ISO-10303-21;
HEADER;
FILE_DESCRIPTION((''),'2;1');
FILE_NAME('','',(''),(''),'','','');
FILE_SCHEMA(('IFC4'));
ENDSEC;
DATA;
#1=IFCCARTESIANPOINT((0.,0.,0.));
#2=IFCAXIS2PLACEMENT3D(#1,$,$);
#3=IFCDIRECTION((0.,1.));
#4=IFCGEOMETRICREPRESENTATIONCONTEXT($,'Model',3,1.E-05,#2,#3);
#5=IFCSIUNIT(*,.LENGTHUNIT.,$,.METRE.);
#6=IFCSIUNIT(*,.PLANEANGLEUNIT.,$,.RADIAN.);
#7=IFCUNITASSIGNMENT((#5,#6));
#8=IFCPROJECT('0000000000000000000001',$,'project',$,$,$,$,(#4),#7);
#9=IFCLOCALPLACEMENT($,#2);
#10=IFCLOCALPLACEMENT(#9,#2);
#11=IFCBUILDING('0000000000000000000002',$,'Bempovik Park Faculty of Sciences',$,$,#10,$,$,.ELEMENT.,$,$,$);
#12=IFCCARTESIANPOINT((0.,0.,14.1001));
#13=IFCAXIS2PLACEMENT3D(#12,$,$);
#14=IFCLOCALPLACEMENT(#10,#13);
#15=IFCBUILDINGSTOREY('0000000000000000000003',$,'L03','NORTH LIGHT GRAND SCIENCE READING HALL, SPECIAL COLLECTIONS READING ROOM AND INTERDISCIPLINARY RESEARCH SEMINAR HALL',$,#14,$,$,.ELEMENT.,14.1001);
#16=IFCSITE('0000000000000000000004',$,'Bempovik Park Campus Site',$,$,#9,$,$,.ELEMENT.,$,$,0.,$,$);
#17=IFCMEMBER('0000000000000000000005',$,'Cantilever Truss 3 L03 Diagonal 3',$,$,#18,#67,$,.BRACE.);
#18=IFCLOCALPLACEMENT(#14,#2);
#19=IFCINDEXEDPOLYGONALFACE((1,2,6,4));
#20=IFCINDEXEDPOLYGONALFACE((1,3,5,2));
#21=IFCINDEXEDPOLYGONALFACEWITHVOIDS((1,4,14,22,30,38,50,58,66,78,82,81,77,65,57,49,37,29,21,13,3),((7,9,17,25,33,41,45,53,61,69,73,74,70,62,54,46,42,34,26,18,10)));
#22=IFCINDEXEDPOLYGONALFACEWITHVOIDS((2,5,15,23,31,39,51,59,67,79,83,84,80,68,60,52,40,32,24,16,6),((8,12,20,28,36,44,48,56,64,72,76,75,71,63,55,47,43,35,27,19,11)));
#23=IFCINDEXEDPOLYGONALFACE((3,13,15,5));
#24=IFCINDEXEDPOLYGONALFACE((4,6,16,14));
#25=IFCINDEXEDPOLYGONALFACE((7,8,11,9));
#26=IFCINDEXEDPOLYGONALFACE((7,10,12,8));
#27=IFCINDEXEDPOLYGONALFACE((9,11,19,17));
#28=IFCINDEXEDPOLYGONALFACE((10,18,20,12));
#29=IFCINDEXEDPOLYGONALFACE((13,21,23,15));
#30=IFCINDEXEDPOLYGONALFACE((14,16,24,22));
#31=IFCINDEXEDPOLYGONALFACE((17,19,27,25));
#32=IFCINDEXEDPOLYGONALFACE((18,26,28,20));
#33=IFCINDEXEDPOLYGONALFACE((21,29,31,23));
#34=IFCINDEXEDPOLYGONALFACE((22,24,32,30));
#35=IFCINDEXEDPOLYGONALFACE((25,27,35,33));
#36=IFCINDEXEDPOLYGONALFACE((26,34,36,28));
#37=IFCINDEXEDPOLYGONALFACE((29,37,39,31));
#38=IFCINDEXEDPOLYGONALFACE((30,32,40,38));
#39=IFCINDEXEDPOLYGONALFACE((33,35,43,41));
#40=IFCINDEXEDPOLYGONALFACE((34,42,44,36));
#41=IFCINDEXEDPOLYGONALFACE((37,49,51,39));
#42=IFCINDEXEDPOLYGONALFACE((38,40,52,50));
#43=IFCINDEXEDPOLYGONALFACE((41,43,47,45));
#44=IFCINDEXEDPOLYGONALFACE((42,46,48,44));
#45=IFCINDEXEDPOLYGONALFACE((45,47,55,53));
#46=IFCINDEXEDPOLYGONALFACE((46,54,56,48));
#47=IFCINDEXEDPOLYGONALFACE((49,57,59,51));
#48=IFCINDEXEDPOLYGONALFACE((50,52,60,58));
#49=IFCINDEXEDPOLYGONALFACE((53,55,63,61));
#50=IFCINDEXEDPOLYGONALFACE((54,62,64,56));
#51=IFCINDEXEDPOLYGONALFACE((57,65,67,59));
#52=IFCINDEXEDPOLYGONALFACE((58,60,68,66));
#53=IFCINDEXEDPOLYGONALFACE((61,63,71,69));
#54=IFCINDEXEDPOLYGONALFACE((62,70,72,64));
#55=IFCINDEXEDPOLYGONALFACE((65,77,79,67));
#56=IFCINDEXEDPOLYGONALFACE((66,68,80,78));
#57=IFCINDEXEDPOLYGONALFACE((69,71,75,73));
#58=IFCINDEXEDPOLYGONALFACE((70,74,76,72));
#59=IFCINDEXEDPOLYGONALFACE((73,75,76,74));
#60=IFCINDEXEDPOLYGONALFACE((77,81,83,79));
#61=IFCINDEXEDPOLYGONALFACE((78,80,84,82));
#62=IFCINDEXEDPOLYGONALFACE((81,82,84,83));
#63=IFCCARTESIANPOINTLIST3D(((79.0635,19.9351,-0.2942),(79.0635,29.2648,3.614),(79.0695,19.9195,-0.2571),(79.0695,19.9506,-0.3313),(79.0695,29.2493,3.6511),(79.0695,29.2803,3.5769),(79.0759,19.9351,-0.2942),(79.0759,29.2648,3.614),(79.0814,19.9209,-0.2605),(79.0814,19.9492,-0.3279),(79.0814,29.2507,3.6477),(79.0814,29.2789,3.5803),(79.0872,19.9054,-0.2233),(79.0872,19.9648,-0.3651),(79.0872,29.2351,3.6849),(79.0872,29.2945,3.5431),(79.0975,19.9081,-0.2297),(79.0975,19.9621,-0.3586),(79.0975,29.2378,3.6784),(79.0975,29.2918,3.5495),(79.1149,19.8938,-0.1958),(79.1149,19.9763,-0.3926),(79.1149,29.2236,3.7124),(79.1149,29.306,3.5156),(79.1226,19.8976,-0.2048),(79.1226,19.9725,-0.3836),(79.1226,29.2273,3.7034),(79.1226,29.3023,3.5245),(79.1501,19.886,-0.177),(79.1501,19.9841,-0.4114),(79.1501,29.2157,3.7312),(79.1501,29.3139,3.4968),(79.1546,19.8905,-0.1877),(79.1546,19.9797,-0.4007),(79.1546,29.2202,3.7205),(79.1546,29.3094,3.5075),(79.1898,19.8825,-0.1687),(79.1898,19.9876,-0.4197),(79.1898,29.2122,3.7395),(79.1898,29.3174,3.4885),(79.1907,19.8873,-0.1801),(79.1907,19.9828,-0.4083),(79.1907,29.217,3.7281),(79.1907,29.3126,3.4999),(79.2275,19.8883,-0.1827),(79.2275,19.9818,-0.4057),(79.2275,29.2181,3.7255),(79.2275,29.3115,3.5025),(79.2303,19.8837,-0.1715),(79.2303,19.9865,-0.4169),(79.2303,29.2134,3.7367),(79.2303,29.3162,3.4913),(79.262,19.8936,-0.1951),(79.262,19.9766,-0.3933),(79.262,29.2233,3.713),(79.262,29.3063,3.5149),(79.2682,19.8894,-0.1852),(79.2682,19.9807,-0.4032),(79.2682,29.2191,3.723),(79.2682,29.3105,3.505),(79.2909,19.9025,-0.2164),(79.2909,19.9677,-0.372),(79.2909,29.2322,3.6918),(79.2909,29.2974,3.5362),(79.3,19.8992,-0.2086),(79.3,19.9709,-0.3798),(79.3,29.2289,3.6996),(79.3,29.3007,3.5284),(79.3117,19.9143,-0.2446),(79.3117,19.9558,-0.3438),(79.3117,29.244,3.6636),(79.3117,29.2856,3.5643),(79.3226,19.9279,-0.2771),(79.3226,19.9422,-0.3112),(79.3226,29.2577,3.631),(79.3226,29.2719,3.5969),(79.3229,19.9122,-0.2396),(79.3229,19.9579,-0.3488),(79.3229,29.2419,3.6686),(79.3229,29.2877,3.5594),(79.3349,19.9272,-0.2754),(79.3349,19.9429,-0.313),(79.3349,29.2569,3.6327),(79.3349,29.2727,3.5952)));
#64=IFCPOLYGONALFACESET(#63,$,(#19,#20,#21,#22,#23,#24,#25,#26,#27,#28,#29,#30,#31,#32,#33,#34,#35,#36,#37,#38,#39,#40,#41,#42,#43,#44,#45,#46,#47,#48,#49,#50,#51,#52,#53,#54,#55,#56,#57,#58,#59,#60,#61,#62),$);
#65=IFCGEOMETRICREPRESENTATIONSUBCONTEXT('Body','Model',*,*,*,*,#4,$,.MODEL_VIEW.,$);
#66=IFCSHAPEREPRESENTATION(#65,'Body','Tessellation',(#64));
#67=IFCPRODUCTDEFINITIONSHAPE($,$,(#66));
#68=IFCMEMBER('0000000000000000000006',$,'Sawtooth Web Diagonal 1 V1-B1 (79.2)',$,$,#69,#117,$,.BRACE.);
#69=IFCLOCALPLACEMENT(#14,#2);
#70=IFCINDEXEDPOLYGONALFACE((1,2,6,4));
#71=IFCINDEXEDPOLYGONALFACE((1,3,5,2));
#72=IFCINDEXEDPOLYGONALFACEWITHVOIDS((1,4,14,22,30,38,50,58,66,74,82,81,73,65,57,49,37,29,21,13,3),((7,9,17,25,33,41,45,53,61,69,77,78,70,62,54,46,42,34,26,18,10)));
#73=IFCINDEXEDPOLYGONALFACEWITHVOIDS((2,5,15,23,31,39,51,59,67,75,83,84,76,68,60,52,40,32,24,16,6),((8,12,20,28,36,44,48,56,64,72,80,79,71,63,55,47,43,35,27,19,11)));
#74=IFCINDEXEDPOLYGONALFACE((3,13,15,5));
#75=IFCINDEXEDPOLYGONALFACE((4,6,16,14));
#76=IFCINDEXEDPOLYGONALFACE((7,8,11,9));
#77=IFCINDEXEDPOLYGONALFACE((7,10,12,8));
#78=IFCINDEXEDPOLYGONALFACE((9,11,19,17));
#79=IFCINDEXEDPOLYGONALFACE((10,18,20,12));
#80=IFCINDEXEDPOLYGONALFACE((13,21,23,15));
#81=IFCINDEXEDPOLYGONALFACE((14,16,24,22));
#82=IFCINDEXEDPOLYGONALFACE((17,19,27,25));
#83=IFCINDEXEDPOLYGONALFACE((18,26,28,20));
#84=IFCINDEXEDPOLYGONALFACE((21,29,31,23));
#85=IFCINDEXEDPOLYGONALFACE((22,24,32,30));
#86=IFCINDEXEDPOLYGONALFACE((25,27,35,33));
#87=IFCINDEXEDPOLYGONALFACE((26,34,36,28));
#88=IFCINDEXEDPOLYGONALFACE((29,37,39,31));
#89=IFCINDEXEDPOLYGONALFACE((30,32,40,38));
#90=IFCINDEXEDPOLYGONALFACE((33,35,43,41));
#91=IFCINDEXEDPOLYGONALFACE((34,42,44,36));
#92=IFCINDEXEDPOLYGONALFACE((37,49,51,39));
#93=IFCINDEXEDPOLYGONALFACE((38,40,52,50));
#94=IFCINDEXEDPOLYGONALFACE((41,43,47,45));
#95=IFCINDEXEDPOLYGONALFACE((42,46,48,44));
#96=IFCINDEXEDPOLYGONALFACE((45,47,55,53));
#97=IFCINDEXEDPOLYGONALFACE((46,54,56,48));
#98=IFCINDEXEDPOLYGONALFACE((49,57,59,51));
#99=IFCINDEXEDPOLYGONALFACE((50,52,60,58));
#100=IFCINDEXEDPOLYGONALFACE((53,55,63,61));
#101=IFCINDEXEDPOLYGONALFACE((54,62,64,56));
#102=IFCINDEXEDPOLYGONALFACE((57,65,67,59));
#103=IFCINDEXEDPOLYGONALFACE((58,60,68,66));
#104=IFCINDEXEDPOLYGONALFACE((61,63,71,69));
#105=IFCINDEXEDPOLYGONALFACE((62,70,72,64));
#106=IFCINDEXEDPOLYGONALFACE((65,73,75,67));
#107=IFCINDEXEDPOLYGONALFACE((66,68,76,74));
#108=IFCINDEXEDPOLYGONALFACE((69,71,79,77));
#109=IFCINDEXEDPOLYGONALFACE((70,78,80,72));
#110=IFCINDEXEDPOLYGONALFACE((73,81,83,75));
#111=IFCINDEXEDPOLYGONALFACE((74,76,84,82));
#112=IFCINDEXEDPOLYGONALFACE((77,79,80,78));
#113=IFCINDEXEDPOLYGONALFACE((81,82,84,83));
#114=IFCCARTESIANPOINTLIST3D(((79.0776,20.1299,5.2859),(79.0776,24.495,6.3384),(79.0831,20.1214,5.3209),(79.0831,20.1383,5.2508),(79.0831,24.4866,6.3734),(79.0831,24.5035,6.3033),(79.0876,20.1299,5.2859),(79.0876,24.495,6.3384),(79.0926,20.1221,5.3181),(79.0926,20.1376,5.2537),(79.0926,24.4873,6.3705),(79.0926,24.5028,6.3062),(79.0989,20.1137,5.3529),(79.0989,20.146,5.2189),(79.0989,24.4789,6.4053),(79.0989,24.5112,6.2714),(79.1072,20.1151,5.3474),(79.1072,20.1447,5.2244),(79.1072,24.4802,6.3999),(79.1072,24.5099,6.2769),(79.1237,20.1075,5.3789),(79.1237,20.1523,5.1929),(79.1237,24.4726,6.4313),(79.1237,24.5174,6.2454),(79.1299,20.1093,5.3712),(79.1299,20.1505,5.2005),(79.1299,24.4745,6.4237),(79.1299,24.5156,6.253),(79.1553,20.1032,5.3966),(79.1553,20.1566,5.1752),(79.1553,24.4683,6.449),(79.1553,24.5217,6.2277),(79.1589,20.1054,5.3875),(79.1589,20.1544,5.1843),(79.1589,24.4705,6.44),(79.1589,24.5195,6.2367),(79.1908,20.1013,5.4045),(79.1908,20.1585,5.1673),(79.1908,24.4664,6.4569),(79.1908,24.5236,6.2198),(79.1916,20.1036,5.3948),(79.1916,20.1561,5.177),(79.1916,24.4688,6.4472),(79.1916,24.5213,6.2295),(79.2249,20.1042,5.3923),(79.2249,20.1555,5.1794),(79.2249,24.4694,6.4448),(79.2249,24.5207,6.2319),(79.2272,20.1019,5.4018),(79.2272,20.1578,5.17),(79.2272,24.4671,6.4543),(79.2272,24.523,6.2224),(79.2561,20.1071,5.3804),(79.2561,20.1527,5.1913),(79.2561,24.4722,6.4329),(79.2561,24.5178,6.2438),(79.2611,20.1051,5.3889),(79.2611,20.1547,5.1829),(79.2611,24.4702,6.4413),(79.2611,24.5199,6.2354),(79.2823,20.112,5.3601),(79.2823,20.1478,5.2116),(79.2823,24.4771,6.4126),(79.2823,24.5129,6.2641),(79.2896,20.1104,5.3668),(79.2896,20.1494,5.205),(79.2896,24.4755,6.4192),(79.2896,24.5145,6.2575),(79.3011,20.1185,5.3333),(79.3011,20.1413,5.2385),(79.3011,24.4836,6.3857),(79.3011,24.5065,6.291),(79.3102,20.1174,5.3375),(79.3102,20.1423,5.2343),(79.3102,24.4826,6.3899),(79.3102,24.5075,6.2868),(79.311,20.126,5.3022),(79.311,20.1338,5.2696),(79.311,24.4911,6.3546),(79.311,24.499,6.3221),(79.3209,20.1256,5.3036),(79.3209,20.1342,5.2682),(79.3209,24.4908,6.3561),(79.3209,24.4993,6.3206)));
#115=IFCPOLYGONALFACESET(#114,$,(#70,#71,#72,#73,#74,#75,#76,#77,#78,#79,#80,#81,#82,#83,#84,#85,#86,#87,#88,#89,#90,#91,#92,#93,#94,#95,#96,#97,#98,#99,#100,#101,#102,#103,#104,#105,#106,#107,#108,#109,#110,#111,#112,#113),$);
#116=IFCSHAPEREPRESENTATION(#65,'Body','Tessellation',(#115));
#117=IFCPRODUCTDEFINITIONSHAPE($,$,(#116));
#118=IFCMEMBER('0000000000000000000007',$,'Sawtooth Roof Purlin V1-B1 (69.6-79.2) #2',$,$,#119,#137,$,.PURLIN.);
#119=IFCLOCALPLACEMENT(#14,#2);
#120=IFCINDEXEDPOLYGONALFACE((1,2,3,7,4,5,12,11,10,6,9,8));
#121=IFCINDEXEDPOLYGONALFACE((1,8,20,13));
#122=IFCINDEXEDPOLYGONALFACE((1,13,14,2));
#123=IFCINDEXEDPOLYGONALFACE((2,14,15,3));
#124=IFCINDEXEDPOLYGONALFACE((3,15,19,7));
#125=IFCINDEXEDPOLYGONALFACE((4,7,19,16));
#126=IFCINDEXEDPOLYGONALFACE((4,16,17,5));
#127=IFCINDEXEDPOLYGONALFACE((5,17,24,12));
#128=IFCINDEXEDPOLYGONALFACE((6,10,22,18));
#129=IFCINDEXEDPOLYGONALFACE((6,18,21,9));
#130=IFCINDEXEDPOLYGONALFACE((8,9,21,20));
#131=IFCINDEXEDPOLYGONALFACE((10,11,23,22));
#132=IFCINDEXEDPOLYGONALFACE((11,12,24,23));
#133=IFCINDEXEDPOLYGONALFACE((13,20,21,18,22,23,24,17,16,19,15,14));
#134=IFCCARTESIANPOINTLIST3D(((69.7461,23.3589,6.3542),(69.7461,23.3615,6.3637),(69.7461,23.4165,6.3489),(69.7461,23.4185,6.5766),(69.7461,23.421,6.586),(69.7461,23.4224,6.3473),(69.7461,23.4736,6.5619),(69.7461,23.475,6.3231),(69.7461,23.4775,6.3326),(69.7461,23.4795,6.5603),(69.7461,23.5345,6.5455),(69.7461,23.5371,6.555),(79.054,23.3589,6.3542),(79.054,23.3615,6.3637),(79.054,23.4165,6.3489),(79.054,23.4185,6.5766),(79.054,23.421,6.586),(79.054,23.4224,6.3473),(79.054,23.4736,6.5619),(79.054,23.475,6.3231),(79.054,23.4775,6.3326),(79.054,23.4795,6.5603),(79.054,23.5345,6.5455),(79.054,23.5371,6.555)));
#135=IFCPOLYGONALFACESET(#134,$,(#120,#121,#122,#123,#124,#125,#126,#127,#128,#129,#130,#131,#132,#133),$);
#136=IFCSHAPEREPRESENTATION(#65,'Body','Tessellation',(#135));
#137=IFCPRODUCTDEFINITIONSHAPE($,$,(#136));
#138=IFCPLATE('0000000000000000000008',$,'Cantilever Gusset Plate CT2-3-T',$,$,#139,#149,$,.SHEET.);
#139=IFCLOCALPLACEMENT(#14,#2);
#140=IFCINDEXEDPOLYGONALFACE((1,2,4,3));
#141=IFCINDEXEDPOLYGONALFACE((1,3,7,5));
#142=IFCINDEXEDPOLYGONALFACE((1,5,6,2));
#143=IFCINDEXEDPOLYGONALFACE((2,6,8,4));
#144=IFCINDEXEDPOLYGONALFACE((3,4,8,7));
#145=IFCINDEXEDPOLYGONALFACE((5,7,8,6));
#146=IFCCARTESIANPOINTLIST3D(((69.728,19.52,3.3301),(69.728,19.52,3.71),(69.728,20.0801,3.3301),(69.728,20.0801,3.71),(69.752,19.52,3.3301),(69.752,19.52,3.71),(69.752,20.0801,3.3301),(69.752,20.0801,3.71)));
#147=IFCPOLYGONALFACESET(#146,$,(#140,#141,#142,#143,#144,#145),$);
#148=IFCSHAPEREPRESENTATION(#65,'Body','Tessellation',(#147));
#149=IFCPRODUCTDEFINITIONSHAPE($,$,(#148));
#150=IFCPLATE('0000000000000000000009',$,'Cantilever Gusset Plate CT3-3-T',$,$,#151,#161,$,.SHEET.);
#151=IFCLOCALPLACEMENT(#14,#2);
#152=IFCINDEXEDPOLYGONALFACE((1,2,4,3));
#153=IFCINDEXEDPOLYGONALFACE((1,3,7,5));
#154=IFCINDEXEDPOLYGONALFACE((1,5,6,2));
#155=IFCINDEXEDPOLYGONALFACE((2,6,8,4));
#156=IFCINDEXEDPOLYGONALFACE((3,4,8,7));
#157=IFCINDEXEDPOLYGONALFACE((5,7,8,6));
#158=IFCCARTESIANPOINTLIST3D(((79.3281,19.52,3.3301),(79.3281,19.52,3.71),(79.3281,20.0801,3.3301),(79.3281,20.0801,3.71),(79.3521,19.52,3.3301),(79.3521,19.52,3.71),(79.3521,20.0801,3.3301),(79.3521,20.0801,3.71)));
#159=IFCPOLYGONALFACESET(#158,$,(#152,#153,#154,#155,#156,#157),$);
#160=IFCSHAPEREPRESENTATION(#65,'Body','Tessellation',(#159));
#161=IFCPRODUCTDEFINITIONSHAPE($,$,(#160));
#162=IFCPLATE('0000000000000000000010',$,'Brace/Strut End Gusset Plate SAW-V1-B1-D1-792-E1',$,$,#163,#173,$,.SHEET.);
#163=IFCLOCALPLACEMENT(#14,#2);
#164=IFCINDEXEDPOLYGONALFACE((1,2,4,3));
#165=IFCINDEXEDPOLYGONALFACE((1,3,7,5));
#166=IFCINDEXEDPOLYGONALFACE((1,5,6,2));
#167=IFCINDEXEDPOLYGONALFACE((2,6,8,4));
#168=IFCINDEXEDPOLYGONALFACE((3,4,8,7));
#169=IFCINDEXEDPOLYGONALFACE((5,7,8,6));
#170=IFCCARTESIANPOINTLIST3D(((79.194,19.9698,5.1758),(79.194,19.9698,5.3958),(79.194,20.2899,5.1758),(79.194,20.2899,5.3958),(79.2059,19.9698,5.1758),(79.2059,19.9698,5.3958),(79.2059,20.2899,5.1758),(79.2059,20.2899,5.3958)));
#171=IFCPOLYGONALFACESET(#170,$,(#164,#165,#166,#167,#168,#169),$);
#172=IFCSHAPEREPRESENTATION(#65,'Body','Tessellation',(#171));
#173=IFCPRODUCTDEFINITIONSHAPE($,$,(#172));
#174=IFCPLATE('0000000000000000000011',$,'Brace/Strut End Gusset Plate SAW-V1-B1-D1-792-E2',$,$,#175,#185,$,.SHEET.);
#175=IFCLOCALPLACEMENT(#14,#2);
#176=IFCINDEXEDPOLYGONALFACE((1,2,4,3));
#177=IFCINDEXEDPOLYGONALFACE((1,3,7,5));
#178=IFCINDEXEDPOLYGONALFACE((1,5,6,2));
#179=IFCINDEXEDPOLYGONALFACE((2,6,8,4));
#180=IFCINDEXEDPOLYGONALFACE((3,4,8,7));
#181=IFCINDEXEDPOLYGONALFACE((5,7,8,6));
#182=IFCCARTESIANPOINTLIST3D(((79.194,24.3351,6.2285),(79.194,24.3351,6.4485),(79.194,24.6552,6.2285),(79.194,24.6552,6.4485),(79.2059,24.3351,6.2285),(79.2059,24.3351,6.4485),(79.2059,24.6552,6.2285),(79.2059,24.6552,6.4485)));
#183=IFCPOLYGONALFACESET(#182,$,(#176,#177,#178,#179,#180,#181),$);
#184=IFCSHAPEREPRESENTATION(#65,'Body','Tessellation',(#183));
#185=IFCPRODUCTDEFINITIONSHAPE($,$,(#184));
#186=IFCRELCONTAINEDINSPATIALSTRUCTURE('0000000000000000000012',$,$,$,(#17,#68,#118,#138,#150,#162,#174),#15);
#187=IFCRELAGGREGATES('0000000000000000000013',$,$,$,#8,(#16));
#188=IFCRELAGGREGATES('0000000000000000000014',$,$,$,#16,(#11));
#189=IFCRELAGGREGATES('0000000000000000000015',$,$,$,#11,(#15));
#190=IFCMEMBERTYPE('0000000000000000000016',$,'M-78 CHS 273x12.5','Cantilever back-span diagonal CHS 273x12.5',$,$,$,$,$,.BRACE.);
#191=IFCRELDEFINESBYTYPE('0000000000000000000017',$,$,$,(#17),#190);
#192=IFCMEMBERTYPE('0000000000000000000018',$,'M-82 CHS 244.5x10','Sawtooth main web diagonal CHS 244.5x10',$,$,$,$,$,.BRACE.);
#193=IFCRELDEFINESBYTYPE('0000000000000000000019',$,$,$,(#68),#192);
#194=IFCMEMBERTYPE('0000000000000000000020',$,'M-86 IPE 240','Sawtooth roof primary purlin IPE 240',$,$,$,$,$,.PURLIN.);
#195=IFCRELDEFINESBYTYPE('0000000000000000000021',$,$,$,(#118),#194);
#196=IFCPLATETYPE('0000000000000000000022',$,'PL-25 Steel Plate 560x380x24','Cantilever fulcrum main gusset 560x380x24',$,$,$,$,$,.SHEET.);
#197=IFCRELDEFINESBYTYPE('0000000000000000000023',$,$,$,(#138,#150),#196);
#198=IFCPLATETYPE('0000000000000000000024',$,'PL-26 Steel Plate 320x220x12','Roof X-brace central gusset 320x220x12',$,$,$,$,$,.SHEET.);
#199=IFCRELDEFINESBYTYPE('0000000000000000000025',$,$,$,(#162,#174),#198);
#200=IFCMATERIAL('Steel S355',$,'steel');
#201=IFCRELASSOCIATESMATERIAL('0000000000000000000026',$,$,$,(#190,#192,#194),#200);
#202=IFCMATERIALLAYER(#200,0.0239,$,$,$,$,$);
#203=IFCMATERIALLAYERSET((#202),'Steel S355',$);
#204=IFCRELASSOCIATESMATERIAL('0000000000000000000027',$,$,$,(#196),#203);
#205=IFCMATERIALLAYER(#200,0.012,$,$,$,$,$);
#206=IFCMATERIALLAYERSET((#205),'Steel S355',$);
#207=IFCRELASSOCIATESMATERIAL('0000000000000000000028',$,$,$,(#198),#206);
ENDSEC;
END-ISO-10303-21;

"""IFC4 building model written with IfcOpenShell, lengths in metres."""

from ifc_helpers import new_model, si_unit, direction, frame, origin, origin_2d, place, context, subcontext, project, spatial, rectangle, hollow_circle, i_section, extrude, material, layer, layer_set, material_profile, profile_set, type_object, element, save


model = new_model("IFC4")

# Units and contexts
model_context = context("Model", 3, precision=1e-05, world=origin(), true_north=direction((0.0, 1.0)))
body_context = subcontext(model_context, "Body", "Model", "MODEL_VIEW")
ifc_project = project(units=[si_unit("LENGTHUNIT", "METRE"), si_unit("PLANEANGLEUNIT", "RADIAN")], contexts=[model_context])

# Site, building, storey
site_placement = place(None, origin())
site = spatial("IfcSite", under=ifc_project, at=site_placement, Name="Bempovik Park Campus Site", CompositionType="ELEMENT", RefElevation=0.0)
building_placement = place(site_placement, origin())
building = spatial("IfcBuilding", under=site, at=building_placement, Name="Bempovik Park Faculty of Sciences", CompositionType="ELEMENT")
storey_placement = place(building_placement, frame((0.0, 0.0, 14.1001)))
storey = spatial("IfcBuildingStorey", under=building, at=storey_placement, Name="L03", Description="NORTH LIGHT GRAND SCIENCE READING HALL, SPECIAL COLLECTIONS READING ROOM AND INTERDISCIPLINARY RESEARCH SEMINAR HALL", CompositionType="ELEMENT", Elevation=14.1001)

# Shared definitions
ifc_material_1 = material(Name="Steel S355", Category="steel")

# Members
ifc_material_profile_1 = material_profile(ifc_material_1, hollow_circle(Radius=0.1365, WallThickness=0.0125, at=origin_2d()), Name="CHS 273x12.5")
ifc_profile_set_1 = profile_set([ifc_material_profile_1], Name="Steel S355")
member_type_1 = type_object("IfcMemberType", Name="M-78 CHS 273x12.5", Description="Cantilever back-span diagonal CHS 273x12.5", PredefinedType="BRACE", material=ifc_profile_set_1)
member_1_placement = place(storey_placement, frame((79.2, 19.9351, -0.2942), z_axis=(0.0, 0.922346, 0.386364), x_axis=(-1.0, 0.0, 0.0)))
element("IfcMember", 1, at=member_1_placement, inside=storey, type_object=member_type_1, Name="Cantilever Truss 3 L03 Diagonal 3", PredefinedType="BRACE", context=body_context, shape_type="SweptSolid", body=[
    extrude(hollow_circle(Radius=0.1365, WallThickness=0.0125, at=origin_2d()), origin(), (0.0, 0.0, 1.0), 10.1152),
])
ifc_material_profile_2 = material_profile(ifc_material_1, hollow_circle(Radius=0.1223, WallThickness=0.01, at=origin_2d()), Name="CHS 244.5x10")
ifc_profile_set_2 = profile_set([ifc_material_profile_2], Name="Steel S355")
member_type_2 = type_object("IfcMemberType", Name="M-82 CHS 244.5x10", Description="Sawtooth main web diagonal CHS 244.5x10", PredefinedType="BRACE", material=ifc_profile_set_2)
member_2_placement = place(storey_placement, frame((79.2, 20.1299, 5.2859), z_axis=(0.0, 0.972142, 0.234391), x_axis=(-1.0, 0.0, 0.0)))
element("IfcMember", 2, at=member_2_placement, inside=storey, type_object=member_type_2, Name="Sawtooth Web Diagonal 1 V1-B1 (79.2)", PredefinedType="BRACE", context=body_context, shape_type="SweptSolid", body=[
    extrude(hollow_circle(Radius=0.1223, WallThickness=0.01, at=origin_2d()), origin(), (0.0, 0.0, 1.0), 4.4902),
])
ifc_material_profile_3 = material_profile(ifc_material_1, i_section(OverallWidth=0.1201, OverallDepth=0.24, WebThickness=0.0061, FlangeThickness=0.0098, at=origin_2d()), Name="IPE 240")
ifc_profile_set_3 = profile_set([ifc_material_profile_3], Name="Steel S355")
member_type_3 = type_object("IfcMemberType", Name="M-86 IPE 240", Description="Sawtooth roof primary purlin IPE 240", PredefinedType="PURLIN", material=ifc_profile_set_3)
member_3_placement = place(storey_placement, frame((69.7461, 23.448, 6.4546), z_axis=(1.0, 0.0, 0.0), x_axis=(0.0, 0.965926, -0.258819)))
element("IfcMember", 3, at=member_3_placement, inside=storey, type_object=member_type_3, Name="Sawtooth Roof Purlin V1-B1 (69.6-79.2) #2", PredefinedType="PURLIN", context=body_context, shape_type="SweptSolid", body=[
    extrude(i_section(OverallWidth=0.1201, OverallDepth=0.24, WebThickness=0.0061, FlangeThickness=0.0098, at=origin_2d()), origin(), (0.0, 0.0, 1.0), 9.3079),
])

# Plates
ifc_layer_1 = layer(ifc_material_1, 0.0239)
ifc_layer_set_1 = layer_set([ifc_layer_1], Name="Steel S355")
plate_type_1 = type_object("IfcPlateType", Name="PL-25 Steel Plate 560x380x24", Description="Cantilever fulcrum main gusset 560x380x24", PredefinedType="SHEET", material=ifc_layer_set_1)
for number, where, z_axis, x_axis, name in (
    (4, (69.74, 19.8, 3.3301), (0.0, 0.0, 1.0), (1.0, 0.0, 0.0), "Cantilever Gusset Plate CT2-3-T"),
    (5, (79.3401, 19.8, 3.3301), (0.0, 0.0, 1.0), (1.0, 0.0, 0.0), "Cantilever Gusset Plate CT3-3-T"),
):
    element("IfcPlate", number, at=place(storey_placement, frame(where, z_axis=z_axis, x_axis=x_axis)), inside=storey, type_object=plate_type_1, Name=name, PredefinedType="SHEET", context=body_context, shape_type="SweptSolid", body=[
        extrude(rectangle(XDim=0.0239, YDim=0.5601, at=origin_2d()), origin(), (0.0, 0.0, 1.0), 0.3799),
    ])
ifc_layer_2 = layer(ifc_material_1, 0.012)
ifc_layer_set_2 = layer_set([ifc_layer_2], Name="Steel S355")
plate_type_2 = type_object("IfcPlateType", Name="PL-26 Steel Plate 320x220x12", Description="Roof X-brace central gusset 320x220x12", PredefinedType="SHEET", material=ifc_layer_set_2)
for number, where, z_axis, x_axis, name in (
    (6, (79.2, 20.1299, 5.1758), (0.0, 0.0, 1.0), (1.0, 0.0, 0.0), "Brace/Strut End Gusset Plate SAW-V1-B1-D1-792-E1"),
    (7, (79.2, 24.4951, 6.2285), (0.0, 0.0, 1.0), (1.0, 0.0, 0.0), "Brace/Strut End Gusset Plate SAW-V1-B1-D1-792-E2"),
):
    element("IfcPlate", number, at=place(storey_placement, frame(where, z_axis=z_axis, x_axis=x_axis)), inside=storey, type_object=plate_type_2, Name=name, PredefinedType="SHEET", context=body_context, shape_type="SweptSolid", body=[
        extrude(rectangle(XDim=0.012, YDim=0.3201, at=origin_2d()), origin(), (0.0, 0.0, 1.0), 0.22),
    ])

save(model, "model.ifc")
